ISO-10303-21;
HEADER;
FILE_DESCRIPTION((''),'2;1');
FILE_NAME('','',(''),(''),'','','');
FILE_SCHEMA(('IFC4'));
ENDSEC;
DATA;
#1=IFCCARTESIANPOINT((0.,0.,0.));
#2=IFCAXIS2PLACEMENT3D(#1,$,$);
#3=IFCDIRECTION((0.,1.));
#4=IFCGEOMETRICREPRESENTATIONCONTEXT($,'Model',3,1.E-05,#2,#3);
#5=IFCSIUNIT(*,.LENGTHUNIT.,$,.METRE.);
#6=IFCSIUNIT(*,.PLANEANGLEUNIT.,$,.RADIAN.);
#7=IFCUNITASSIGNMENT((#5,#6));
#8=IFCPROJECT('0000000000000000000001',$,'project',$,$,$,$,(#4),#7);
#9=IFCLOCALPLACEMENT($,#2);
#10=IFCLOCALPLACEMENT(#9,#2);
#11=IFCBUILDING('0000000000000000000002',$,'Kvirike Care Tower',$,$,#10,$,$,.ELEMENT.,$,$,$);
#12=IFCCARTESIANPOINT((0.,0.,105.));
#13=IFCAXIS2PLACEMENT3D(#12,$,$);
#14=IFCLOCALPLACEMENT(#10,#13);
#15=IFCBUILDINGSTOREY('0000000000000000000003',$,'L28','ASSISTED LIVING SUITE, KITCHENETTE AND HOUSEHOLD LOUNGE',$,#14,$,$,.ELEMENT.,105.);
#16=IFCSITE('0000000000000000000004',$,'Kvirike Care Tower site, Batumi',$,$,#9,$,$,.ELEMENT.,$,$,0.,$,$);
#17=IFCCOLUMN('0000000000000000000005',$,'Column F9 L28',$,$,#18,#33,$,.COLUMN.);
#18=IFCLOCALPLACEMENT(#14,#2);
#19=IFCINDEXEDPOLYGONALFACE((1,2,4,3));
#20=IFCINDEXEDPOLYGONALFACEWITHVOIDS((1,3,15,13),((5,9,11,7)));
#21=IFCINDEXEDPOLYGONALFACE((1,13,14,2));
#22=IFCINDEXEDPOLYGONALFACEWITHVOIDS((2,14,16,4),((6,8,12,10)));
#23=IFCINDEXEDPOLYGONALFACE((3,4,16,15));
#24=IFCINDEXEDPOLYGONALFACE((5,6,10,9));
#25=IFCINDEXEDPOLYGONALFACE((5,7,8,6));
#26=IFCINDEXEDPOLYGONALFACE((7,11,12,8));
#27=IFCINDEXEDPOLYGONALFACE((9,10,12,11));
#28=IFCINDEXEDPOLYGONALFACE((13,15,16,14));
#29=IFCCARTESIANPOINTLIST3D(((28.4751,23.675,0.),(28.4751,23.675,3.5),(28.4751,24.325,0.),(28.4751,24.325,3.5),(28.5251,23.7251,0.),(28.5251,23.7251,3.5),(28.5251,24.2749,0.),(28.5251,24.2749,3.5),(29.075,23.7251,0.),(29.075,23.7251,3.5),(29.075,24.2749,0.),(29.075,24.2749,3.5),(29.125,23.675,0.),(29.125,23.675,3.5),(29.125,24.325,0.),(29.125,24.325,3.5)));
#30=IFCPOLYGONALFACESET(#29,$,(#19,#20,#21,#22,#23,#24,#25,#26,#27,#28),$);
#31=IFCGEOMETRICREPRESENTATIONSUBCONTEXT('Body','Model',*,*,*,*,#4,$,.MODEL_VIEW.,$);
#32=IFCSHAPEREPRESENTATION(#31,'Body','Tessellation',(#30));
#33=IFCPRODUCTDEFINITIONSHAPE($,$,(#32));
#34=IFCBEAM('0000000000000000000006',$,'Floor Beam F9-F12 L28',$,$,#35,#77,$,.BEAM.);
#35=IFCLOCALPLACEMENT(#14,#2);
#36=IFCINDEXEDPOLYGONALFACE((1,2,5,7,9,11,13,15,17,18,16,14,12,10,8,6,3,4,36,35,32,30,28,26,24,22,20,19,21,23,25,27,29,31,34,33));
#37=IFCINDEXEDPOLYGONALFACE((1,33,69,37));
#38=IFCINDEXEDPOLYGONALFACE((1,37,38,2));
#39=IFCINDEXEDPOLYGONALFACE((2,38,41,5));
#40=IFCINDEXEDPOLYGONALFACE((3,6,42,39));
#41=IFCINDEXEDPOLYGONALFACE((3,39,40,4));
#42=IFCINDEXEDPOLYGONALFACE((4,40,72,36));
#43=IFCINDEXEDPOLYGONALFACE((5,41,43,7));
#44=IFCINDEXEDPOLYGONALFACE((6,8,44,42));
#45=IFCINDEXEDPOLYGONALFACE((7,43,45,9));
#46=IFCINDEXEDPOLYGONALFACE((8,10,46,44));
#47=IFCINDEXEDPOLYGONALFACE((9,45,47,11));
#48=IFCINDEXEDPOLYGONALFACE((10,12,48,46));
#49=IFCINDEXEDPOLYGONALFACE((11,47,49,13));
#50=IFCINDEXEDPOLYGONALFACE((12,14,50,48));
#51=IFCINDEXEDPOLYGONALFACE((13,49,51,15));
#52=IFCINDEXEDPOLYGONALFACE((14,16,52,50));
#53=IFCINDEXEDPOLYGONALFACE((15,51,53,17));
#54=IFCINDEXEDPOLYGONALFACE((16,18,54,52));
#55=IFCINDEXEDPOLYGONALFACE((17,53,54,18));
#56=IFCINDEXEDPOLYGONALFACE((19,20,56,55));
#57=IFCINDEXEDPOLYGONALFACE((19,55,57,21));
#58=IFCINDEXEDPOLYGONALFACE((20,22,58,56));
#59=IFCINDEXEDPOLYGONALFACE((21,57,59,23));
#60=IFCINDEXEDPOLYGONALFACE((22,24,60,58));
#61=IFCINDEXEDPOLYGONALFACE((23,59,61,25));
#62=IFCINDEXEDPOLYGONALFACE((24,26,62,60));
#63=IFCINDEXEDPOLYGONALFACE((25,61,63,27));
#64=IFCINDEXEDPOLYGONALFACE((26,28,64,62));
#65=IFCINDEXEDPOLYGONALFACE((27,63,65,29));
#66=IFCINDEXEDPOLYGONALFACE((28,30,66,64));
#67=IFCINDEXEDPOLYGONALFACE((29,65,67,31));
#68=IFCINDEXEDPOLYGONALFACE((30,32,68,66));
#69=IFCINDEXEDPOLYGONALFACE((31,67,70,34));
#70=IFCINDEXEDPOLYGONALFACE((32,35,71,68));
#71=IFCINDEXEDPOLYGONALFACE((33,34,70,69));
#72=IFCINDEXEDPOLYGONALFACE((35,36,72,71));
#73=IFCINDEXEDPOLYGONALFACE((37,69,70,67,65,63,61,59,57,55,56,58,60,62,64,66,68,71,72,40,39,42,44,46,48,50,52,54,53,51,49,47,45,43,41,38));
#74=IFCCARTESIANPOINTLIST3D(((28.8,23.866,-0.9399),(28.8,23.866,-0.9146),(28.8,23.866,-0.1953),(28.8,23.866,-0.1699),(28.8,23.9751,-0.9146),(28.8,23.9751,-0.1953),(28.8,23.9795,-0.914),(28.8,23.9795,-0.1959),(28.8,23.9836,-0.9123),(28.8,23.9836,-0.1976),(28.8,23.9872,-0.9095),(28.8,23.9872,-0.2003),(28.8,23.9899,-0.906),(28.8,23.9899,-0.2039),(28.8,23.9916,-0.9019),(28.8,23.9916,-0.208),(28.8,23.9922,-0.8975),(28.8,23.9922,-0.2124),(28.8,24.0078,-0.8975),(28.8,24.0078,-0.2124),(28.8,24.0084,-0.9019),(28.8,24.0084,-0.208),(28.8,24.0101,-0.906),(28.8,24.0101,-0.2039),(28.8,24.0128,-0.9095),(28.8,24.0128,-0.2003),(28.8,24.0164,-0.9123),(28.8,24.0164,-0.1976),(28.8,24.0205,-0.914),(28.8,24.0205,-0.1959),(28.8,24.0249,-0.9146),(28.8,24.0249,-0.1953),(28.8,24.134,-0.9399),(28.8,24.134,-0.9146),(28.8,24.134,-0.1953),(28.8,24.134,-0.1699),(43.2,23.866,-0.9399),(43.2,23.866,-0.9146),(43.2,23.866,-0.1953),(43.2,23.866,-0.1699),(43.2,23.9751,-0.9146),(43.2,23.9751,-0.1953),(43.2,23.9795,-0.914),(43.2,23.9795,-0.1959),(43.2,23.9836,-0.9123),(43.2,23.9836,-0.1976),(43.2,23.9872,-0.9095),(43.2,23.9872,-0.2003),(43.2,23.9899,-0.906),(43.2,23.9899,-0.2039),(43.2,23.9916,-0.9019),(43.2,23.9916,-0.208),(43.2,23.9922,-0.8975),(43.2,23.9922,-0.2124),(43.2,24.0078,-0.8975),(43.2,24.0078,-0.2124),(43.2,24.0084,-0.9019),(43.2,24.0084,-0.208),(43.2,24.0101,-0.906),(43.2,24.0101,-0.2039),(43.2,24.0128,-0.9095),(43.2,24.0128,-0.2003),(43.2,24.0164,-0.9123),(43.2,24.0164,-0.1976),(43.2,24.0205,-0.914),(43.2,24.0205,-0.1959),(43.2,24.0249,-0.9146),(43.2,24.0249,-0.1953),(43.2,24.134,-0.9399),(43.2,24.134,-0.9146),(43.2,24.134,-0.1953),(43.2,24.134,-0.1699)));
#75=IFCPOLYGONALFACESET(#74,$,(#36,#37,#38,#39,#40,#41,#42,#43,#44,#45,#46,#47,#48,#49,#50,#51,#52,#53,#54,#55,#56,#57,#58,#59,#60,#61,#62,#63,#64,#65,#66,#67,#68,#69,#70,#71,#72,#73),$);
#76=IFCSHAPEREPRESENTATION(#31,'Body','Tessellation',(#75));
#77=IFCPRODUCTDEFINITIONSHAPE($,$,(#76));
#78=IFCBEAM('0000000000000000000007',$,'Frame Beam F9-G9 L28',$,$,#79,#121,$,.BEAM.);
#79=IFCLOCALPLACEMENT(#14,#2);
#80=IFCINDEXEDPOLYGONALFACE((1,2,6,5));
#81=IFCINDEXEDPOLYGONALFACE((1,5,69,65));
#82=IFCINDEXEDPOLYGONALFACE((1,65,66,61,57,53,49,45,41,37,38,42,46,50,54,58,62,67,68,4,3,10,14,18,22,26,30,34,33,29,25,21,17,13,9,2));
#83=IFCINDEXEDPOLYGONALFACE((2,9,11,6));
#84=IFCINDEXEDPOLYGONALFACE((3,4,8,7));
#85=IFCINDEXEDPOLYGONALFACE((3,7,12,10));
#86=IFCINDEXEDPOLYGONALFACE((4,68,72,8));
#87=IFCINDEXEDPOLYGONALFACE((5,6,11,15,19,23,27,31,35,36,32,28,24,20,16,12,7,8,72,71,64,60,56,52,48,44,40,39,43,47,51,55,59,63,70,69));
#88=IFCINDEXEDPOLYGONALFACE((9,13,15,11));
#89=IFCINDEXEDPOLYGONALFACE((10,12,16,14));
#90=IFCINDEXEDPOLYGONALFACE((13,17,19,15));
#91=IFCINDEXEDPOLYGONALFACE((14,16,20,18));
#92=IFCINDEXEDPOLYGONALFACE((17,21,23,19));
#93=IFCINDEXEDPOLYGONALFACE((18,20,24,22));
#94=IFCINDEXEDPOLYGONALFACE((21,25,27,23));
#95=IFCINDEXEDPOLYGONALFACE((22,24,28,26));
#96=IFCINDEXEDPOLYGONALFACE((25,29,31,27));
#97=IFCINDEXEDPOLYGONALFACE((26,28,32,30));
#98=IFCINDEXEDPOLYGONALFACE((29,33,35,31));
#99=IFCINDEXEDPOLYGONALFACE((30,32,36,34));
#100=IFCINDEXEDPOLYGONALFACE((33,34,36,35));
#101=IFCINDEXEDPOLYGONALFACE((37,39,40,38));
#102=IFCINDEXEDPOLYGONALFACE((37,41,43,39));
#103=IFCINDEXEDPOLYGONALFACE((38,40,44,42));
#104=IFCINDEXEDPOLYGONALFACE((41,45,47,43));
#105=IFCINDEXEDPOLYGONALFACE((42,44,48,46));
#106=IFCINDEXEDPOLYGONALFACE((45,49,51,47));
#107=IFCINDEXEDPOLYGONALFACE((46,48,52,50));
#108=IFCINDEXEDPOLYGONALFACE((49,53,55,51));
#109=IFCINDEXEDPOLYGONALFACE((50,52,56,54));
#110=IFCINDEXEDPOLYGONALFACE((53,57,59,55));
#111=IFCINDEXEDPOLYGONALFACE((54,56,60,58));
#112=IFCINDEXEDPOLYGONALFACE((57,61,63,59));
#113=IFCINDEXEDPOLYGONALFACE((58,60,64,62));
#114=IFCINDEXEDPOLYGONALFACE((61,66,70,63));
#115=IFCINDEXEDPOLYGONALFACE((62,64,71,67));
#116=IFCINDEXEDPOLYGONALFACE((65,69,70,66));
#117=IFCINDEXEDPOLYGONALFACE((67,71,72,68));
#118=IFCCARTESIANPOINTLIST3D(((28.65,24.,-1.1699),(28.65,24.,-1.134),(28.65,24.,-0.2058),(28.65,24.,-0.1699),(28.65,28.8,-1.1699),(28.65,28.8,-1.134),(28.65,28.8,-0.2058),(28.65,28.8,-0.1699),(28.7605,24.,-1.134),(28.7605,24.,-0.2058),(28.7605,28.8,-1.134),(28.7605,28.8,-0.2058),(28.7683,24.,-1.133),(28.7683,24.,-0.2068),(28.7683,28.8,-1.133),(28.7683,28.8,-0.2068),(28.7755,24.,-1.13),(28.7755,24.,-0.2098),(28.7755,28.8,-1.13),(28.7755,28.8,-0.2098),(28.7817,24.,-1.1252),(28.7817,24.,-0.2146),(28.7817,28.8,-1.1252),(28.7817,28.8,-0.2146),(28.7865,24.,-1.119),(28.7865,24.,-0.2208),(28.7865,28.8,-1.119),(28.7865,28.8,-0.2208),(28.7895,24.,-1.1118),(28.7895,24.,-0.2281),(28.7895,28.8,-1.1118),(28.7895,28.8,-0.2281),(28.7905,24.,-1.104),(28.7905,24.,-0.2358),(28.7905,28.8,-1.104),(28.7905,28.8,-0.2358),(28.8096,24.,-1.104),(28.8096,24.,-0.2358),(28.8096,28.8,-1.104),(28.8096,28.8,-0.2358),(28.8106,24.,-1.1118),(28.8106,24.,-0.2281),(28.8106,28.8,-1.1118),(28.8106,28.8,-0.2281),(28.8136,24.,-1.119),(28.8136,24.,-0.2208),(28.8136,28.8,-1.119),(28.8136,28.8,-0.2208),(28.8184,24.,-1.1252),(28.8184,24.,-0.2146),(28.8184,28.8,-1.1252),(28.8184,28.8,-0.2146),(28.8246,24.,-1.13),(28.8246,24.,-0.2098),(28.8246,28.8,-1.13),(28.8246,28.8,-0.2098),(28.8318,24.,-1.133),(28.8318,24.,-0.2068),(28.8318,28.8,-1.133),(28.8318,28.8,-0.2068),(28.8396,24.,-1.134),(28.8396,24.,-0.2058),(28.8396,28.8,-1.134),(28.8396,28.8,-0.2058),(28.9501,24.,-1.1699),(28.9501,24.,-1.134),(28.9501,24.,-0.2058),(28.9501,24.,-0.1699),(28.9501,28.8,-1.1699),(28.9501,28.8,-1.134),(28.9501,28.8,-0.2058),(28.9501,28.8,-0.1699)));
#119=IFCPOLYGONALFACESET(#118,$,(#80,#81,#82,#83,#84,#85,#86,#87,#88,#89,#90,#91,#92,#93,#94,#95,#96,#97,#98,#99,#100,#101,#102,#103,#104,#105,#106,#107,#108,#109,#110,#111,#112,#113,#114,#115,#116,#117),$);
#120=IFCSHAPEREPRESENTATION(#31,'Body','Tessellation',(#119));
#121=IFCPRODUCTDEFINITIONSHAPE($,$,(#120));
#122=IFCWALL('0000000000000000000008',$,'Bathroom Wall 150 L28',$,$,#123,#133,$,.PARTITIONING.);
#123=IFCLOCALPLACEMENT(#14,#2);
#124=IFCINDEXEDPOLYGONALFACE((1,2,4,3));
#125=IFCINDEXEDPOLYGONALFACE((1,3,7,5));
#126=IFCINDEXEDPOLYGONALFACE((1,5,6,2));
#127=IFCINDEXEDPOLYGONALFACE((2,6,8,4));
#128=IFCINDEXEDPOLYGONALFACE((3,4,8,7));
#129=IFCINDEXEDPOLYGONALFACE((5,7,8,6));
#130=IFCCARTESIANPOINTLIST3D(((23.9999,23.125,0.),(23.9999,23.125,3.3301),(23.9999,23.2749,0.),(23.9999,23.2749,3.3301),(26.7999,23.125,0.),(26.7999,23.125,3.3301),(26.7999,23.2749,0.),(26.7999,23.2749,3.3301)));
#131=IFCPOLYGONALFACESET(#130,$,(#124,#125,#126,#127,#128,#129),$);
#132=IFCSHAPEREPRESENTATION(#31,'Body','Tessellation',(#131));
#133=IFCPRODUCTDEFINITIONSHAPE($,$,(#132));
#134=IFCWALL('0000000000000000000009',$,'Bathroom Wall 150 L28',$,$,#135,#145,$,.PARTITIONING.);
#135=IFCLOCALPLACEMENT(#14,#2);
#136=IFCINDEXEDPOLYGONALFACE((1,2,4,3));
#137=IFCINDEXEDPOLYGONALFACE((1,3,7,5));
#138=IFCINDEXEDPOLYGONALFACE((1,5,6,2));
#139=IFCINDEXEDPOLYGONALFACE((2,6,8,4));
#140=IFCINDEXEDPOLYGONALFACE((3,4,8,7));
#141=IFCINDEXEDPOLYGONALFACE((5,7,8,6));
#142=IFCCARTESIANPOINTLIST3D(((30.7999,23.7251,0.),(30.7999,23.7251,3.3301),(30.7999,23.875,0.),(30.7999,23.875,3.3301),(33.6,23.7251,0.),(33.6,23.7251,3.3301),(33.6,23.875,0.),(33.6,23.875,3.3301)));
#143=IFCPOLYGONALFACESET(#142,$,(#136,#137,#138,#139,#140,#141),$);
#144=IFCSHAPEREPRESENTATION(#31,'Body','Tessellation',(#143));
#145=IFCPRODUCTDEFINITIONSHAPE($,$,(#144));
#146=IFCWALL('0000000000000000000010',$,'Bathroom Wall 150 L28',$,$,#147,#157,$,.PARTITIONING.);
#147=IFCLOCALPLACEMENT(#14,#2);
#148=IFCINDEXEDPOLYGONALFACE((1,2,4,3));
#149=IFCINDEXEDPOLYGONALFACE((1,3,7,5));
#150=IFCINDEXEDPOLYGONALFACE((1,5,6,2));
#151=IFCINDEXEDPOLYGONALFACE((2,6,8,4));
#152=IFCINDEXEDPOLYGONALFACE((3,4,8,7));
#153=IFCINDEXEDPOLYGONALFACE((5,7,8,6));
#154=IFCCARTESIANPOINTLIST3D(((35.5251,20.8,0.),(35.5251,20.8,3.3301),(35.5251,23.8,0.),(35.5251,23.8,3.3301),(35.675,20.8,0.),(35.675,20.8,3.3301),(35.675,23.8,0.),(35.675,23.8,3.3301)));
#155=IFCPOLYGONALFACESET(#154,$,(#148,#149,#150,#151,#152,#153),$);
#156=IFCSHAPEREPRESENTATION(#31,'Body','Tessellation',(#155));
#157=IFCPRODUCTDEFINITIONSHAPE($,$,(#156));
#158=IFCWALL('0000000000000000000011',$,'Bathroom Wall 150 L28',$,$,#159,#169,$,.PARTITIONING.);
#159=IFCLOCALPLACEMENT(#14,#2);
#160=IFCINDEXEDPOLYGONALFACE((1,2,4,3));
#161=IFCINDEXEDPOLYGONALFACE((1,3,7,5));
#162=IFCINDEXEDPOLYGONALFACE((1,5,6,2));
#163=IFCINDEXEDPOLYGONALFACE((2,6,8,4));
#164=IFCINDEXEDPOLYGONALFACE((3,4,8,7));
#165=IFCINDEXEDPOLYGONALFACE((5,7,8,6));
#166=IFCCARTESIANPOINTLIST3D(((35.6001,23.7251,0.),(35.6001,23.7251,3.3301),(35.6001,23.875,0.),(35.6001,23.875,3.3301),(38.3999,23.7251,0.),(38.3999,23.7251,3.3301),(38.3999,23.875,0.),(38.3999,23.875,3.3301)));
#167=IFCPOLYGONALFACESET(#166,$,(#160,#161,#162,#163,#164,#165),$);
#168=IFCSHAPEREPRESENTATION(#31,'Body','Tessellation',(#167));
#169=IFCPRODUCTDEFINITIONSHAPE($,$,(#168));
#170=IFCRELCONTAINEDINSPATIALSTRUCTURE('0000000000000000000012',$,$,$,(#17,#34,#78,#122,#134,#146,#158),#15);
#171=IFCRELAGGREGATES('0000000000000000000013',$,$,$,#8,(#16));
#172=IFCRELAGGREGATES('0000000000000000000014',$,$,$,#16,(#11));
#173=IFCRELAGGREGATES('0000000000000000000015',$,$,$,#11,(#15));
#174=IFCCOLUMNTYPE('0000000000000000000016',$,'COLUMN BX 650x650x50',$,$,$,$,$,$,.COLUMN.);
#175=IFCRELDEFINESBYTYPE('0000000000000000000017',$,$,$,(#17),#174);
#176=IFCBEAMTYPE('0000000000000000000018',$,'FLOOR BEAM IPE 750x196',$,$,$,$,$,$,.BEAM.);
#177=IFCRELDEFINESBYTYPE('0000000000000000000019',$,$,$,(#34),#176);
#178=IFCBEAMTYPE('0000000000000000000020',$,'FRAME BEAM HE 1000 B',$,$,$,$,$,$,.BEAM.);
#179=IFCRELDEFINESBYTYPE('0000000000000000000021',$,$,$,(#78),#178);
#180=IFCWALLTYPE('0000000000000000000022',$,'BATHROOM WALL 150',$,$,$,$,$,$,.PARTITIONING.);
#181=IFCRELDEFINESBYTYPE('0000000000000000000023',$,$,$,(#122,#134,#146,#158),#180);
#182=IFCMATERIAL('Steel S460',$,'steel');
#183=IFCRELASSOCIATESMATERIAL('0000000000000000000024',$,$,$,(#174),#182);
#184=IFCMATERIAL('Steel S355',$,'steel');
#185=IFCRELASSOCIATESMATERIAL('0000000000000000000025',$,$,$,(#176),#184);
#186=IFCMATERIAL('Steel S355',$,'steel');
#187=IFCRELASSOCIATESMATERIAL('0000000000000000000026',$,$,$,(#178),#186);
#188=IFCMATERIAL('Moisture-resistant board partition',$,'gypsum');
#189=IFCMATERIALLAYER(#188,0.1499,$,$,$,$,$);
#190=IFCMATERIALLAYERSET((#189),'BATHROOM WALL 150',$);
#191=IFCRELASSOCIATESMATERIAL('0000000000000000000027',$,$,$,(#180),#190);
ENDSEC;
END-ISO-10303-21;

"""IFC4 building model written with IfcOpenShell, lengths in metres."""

from ifc_helpers import new_model, si_unit, direction, frame, frame_2d, origin, origin_2d, place, context, subcontext, project, spatial, rectangle, hollow_rectangle, i_section, extrude, material, layer, layer_set, material_profile, profile_set, type_object, element, save


model = new_model("IFC4")

# Units and contexts
model_context = context("Model", 3, precision=1e-05, world=origin(), true_north=direction((0.0, 1.0)))
body_context = subcontext(model_context, "Body", "Model", "MODEL_VIEW")
ifc_project = project(units=[si_unit("LENGTHUNIT", "METRE"), si_unit("PLANEANGLEUNIT", "RADIAN")], contexts=[model_context])

# Site, building, storey
site_placement = place(None, origin())
site = spatial("IfcSite", under=ifc_project, at=site_placement, Name="Kvirike Care Tower site, Batumi", CompositionType="ELEMENT", RefElevation=0.0)
building_placement = place(site_placement, origin())
building = spatial("IfcBuilding", under=site, at=building_placement, Name="Kvirike Care Tower", CompositionType="ELEMENT")
storey_placement = place(building_placement, frame((0.0, 0.0, 105.0)))
storey = spatial("IfcBuildingStorey", under=building, at=storey_placement, Name="L28", Description="ASSISTED LIVING SUITE, KITCHENETTE AND HOUSEHOLD LOUNGE", CompositionType="ELEMENT", Elevation=105.0)

# Column
ifc_material_1 = material(Name="Steel S460", Category="steel")
ifc_material_profile_1 = material_profile(ifc_material_1, hollow_rectangle(XDim=0.6499, YDim=0.6499, WallThickness=0.05, at=origin_2d()), Name="BX 650x650x50")
ifc_profile_set_1 = profile_set([ifc_material_profile_1], Name="Steel S460")
column_type = type_object("IfcColumnType", Name="COLUMN BX 650x650x50", PredefinedType="COLUMN", material=ifc_profile_set_1)
column_placement = place(storey_placement, frame((28.8, 24.0, 0.0), z_axis=(0.0, 0.0, 1.0), x_axis=(1.0, 0.0, 0.0)))
element("IfcColumn", 1, at=column_placement, inside=storey, type_object=column_type, Name="Column F9 L28", PredefinedType="COLUMN", context=body_context, shape_type="SweptSolid", body=[
    extrude(hollow_rectangle(XDim=0.6499, YDim=0.6499, WallThickness=0.05, at=origin_2d()), origin(), (0.0, 0.0, 1.0), 3.5),
])

# Beams
ifc_material_2 = material(Name="Steel S355", Category="steel")
ifc_material_profile_2 = material_profile(ifc_material_2, i_section(OverallWidth=0.2681, OverallDepth=0.77, WebThickness=0.0156, FlangeThickness=0.0254, FilletRadius=0.0171, at=origin_2d()), Name="IPE 750x196")
ifc_profile_set_2 = profile_set([ifc_material_profile_2], Name="Steel S355")
beam_type_1 = type_object("IfcBeamType", Name="FLOOR BEAM IPE 750x196", PredefinedType="BEAM", material=ifc_profile_set_2)
beam_1_placement = place(storey_placement, frame((28.8, 24.0, -0.5549), z_axis=(1.0, 0.0, 0.0), x_axis=(0.0, 1.0, 0.0)))
element("IfcBeam", 2, at=beam_1_placement, inside=storey, type_object=beam_type_1, Name="Floor Beam F9-F12 L28", PredefinedType="BEAM", context=body_context, shape_type="SweptSolid", body=[
    extrude(i_section(OverallWidth=0.2681, OverallDepth=0.77, WebThickness=0.0156, FlangeThickness=0.0254, FilletRadius=0.0171, at=origin_2d()), origin(), (0.0, 0.0, 1.0), 14.3999),
])
ifc_material_3 = material(Name="Steel S355", Category="steel")
ifc_material_profile_3 = material_profile(ifc_material_3, i_section(OverallWidth=0.3, OverallDepth=1.0, WebThickness=0.019, FlangeThickness=0.0359, FilletRadius=0.03, at=origin_2d()), Name="HE 1000 B")
ifc_profile_set_3 = profile_set([ifc_material_profile_3], Name="Steel S355")
beam_type_2 = type_object("IfcBeamType", Name="FRAME BEAM HE 1000 B", PredefinedType="BEAM", material=ifc_profile_set_3)
beam_2_placement = place(storey_placement, frame((28.8, 24.0, -0.6699), z_axis=(0.0, 1.0, 0.0), x_axis=(-1.0, 0.0, 0.0)))
element("IfcBeam", 3, at=beam_2_placement, inside=storey, type_object=beam_type_2, Name="Frame Beam F9-G9 L28", PredefinedType="BEAM", context=body_context, shape_type="SweptSolid", body=[
    extrude(i_section(OverallWidth=0.3, OverallDepth=1.0, WebThickness=0.019, FlangeThickness=0.0359, FilletRadius=0.03, at=origin_2d()), origin(), (0.0, 0.0, 1.0), 4.8),
])

# Walls
ifc_material_4 = material(Name="Moisture-resistant board partition", Category="gypsum")
ifc_layer_1 = layer(ifc_material_4, 0.1499)
ifc_layer_set_1 = layer_set([ifc_layer_1], Name="BATHROOM WALL 150")
wall_type_1 = type_object("IfcWallType", Name="BATHROOM WALL 150", PredefinedType="PARTITIONING", material=ifc_layer_set_1)
for number, where, z_axis, x_axis, name in (
    (4, (24.0, 23.2, 0.0), (0.0, 0.0, 1.0), (1.0, 0.0, 0.0), "Bathroom Wall 150 L28"),
    (5, (30.8, 23.8, 0.0), (0.0, 0.0, 1.0), (1.0, 0.0, 0.0), "Bathroom Wall 150 L28"),
):
    element("IfcWall", number, at=place(storey_placement, frame(where, z_axis=z_axis, x_axis=x_axis)), inside=storey, type_object=wall_type_1, Name=name, PredefinedType="PARTITIONING", context=body_context, shape_type="SweptSolid", body=[
        extrude(rectangle(XDim=2.8, YDim=0.1499, at=frame_2d((1.3999, 0.0))), origin(), (0.0, 0.0, 1.0), 3.3301),
    ])
wall_1_placement = place(storey_placement, frame((35.6001, 20.8, 0.0), z_axis=(0.0, 0.0, 1.0), x_axis=(0.0, 1.0, 0.0)))
element("IfcWall", 6, at=wall_1_placement, inside=storey, type_object=wall_type_1, Name="Bathroom Wall 150 L28", PredefinedType="PARTITIONING", context=body_context, shape_type="SweptSolid", body=[
    extrude(rectangle(XDim=3.0, YDim=0.1499, at=frame_2d((1.5, 0.0))), origin(), (0.0, 0.0, 1.0), 3.3301),
])
wall_2_placement = place(storey_placement, frame((35.6001, 23.8, 0.0), z_axis=(0.0, 0.0, 1.0), x_axis=(1.0, 0.0, 0.0)))
element("IfcWall", 7, at=wall_2_placement, inside=storey, type_object=wall_type_1, Name="Bathroom Wall 150 L28", PredefinedType="PARTITIONING", context=body_context, shape_type="SweptSolid", body=[
    extrude(rectangle(XDim=2.7998, YDim=0.1499, at=frame_2d((1.3999, 0.0))), origin(), (0.0, 0.0, 1.0), 3.3301),
])

save(model, "model.ifc")
